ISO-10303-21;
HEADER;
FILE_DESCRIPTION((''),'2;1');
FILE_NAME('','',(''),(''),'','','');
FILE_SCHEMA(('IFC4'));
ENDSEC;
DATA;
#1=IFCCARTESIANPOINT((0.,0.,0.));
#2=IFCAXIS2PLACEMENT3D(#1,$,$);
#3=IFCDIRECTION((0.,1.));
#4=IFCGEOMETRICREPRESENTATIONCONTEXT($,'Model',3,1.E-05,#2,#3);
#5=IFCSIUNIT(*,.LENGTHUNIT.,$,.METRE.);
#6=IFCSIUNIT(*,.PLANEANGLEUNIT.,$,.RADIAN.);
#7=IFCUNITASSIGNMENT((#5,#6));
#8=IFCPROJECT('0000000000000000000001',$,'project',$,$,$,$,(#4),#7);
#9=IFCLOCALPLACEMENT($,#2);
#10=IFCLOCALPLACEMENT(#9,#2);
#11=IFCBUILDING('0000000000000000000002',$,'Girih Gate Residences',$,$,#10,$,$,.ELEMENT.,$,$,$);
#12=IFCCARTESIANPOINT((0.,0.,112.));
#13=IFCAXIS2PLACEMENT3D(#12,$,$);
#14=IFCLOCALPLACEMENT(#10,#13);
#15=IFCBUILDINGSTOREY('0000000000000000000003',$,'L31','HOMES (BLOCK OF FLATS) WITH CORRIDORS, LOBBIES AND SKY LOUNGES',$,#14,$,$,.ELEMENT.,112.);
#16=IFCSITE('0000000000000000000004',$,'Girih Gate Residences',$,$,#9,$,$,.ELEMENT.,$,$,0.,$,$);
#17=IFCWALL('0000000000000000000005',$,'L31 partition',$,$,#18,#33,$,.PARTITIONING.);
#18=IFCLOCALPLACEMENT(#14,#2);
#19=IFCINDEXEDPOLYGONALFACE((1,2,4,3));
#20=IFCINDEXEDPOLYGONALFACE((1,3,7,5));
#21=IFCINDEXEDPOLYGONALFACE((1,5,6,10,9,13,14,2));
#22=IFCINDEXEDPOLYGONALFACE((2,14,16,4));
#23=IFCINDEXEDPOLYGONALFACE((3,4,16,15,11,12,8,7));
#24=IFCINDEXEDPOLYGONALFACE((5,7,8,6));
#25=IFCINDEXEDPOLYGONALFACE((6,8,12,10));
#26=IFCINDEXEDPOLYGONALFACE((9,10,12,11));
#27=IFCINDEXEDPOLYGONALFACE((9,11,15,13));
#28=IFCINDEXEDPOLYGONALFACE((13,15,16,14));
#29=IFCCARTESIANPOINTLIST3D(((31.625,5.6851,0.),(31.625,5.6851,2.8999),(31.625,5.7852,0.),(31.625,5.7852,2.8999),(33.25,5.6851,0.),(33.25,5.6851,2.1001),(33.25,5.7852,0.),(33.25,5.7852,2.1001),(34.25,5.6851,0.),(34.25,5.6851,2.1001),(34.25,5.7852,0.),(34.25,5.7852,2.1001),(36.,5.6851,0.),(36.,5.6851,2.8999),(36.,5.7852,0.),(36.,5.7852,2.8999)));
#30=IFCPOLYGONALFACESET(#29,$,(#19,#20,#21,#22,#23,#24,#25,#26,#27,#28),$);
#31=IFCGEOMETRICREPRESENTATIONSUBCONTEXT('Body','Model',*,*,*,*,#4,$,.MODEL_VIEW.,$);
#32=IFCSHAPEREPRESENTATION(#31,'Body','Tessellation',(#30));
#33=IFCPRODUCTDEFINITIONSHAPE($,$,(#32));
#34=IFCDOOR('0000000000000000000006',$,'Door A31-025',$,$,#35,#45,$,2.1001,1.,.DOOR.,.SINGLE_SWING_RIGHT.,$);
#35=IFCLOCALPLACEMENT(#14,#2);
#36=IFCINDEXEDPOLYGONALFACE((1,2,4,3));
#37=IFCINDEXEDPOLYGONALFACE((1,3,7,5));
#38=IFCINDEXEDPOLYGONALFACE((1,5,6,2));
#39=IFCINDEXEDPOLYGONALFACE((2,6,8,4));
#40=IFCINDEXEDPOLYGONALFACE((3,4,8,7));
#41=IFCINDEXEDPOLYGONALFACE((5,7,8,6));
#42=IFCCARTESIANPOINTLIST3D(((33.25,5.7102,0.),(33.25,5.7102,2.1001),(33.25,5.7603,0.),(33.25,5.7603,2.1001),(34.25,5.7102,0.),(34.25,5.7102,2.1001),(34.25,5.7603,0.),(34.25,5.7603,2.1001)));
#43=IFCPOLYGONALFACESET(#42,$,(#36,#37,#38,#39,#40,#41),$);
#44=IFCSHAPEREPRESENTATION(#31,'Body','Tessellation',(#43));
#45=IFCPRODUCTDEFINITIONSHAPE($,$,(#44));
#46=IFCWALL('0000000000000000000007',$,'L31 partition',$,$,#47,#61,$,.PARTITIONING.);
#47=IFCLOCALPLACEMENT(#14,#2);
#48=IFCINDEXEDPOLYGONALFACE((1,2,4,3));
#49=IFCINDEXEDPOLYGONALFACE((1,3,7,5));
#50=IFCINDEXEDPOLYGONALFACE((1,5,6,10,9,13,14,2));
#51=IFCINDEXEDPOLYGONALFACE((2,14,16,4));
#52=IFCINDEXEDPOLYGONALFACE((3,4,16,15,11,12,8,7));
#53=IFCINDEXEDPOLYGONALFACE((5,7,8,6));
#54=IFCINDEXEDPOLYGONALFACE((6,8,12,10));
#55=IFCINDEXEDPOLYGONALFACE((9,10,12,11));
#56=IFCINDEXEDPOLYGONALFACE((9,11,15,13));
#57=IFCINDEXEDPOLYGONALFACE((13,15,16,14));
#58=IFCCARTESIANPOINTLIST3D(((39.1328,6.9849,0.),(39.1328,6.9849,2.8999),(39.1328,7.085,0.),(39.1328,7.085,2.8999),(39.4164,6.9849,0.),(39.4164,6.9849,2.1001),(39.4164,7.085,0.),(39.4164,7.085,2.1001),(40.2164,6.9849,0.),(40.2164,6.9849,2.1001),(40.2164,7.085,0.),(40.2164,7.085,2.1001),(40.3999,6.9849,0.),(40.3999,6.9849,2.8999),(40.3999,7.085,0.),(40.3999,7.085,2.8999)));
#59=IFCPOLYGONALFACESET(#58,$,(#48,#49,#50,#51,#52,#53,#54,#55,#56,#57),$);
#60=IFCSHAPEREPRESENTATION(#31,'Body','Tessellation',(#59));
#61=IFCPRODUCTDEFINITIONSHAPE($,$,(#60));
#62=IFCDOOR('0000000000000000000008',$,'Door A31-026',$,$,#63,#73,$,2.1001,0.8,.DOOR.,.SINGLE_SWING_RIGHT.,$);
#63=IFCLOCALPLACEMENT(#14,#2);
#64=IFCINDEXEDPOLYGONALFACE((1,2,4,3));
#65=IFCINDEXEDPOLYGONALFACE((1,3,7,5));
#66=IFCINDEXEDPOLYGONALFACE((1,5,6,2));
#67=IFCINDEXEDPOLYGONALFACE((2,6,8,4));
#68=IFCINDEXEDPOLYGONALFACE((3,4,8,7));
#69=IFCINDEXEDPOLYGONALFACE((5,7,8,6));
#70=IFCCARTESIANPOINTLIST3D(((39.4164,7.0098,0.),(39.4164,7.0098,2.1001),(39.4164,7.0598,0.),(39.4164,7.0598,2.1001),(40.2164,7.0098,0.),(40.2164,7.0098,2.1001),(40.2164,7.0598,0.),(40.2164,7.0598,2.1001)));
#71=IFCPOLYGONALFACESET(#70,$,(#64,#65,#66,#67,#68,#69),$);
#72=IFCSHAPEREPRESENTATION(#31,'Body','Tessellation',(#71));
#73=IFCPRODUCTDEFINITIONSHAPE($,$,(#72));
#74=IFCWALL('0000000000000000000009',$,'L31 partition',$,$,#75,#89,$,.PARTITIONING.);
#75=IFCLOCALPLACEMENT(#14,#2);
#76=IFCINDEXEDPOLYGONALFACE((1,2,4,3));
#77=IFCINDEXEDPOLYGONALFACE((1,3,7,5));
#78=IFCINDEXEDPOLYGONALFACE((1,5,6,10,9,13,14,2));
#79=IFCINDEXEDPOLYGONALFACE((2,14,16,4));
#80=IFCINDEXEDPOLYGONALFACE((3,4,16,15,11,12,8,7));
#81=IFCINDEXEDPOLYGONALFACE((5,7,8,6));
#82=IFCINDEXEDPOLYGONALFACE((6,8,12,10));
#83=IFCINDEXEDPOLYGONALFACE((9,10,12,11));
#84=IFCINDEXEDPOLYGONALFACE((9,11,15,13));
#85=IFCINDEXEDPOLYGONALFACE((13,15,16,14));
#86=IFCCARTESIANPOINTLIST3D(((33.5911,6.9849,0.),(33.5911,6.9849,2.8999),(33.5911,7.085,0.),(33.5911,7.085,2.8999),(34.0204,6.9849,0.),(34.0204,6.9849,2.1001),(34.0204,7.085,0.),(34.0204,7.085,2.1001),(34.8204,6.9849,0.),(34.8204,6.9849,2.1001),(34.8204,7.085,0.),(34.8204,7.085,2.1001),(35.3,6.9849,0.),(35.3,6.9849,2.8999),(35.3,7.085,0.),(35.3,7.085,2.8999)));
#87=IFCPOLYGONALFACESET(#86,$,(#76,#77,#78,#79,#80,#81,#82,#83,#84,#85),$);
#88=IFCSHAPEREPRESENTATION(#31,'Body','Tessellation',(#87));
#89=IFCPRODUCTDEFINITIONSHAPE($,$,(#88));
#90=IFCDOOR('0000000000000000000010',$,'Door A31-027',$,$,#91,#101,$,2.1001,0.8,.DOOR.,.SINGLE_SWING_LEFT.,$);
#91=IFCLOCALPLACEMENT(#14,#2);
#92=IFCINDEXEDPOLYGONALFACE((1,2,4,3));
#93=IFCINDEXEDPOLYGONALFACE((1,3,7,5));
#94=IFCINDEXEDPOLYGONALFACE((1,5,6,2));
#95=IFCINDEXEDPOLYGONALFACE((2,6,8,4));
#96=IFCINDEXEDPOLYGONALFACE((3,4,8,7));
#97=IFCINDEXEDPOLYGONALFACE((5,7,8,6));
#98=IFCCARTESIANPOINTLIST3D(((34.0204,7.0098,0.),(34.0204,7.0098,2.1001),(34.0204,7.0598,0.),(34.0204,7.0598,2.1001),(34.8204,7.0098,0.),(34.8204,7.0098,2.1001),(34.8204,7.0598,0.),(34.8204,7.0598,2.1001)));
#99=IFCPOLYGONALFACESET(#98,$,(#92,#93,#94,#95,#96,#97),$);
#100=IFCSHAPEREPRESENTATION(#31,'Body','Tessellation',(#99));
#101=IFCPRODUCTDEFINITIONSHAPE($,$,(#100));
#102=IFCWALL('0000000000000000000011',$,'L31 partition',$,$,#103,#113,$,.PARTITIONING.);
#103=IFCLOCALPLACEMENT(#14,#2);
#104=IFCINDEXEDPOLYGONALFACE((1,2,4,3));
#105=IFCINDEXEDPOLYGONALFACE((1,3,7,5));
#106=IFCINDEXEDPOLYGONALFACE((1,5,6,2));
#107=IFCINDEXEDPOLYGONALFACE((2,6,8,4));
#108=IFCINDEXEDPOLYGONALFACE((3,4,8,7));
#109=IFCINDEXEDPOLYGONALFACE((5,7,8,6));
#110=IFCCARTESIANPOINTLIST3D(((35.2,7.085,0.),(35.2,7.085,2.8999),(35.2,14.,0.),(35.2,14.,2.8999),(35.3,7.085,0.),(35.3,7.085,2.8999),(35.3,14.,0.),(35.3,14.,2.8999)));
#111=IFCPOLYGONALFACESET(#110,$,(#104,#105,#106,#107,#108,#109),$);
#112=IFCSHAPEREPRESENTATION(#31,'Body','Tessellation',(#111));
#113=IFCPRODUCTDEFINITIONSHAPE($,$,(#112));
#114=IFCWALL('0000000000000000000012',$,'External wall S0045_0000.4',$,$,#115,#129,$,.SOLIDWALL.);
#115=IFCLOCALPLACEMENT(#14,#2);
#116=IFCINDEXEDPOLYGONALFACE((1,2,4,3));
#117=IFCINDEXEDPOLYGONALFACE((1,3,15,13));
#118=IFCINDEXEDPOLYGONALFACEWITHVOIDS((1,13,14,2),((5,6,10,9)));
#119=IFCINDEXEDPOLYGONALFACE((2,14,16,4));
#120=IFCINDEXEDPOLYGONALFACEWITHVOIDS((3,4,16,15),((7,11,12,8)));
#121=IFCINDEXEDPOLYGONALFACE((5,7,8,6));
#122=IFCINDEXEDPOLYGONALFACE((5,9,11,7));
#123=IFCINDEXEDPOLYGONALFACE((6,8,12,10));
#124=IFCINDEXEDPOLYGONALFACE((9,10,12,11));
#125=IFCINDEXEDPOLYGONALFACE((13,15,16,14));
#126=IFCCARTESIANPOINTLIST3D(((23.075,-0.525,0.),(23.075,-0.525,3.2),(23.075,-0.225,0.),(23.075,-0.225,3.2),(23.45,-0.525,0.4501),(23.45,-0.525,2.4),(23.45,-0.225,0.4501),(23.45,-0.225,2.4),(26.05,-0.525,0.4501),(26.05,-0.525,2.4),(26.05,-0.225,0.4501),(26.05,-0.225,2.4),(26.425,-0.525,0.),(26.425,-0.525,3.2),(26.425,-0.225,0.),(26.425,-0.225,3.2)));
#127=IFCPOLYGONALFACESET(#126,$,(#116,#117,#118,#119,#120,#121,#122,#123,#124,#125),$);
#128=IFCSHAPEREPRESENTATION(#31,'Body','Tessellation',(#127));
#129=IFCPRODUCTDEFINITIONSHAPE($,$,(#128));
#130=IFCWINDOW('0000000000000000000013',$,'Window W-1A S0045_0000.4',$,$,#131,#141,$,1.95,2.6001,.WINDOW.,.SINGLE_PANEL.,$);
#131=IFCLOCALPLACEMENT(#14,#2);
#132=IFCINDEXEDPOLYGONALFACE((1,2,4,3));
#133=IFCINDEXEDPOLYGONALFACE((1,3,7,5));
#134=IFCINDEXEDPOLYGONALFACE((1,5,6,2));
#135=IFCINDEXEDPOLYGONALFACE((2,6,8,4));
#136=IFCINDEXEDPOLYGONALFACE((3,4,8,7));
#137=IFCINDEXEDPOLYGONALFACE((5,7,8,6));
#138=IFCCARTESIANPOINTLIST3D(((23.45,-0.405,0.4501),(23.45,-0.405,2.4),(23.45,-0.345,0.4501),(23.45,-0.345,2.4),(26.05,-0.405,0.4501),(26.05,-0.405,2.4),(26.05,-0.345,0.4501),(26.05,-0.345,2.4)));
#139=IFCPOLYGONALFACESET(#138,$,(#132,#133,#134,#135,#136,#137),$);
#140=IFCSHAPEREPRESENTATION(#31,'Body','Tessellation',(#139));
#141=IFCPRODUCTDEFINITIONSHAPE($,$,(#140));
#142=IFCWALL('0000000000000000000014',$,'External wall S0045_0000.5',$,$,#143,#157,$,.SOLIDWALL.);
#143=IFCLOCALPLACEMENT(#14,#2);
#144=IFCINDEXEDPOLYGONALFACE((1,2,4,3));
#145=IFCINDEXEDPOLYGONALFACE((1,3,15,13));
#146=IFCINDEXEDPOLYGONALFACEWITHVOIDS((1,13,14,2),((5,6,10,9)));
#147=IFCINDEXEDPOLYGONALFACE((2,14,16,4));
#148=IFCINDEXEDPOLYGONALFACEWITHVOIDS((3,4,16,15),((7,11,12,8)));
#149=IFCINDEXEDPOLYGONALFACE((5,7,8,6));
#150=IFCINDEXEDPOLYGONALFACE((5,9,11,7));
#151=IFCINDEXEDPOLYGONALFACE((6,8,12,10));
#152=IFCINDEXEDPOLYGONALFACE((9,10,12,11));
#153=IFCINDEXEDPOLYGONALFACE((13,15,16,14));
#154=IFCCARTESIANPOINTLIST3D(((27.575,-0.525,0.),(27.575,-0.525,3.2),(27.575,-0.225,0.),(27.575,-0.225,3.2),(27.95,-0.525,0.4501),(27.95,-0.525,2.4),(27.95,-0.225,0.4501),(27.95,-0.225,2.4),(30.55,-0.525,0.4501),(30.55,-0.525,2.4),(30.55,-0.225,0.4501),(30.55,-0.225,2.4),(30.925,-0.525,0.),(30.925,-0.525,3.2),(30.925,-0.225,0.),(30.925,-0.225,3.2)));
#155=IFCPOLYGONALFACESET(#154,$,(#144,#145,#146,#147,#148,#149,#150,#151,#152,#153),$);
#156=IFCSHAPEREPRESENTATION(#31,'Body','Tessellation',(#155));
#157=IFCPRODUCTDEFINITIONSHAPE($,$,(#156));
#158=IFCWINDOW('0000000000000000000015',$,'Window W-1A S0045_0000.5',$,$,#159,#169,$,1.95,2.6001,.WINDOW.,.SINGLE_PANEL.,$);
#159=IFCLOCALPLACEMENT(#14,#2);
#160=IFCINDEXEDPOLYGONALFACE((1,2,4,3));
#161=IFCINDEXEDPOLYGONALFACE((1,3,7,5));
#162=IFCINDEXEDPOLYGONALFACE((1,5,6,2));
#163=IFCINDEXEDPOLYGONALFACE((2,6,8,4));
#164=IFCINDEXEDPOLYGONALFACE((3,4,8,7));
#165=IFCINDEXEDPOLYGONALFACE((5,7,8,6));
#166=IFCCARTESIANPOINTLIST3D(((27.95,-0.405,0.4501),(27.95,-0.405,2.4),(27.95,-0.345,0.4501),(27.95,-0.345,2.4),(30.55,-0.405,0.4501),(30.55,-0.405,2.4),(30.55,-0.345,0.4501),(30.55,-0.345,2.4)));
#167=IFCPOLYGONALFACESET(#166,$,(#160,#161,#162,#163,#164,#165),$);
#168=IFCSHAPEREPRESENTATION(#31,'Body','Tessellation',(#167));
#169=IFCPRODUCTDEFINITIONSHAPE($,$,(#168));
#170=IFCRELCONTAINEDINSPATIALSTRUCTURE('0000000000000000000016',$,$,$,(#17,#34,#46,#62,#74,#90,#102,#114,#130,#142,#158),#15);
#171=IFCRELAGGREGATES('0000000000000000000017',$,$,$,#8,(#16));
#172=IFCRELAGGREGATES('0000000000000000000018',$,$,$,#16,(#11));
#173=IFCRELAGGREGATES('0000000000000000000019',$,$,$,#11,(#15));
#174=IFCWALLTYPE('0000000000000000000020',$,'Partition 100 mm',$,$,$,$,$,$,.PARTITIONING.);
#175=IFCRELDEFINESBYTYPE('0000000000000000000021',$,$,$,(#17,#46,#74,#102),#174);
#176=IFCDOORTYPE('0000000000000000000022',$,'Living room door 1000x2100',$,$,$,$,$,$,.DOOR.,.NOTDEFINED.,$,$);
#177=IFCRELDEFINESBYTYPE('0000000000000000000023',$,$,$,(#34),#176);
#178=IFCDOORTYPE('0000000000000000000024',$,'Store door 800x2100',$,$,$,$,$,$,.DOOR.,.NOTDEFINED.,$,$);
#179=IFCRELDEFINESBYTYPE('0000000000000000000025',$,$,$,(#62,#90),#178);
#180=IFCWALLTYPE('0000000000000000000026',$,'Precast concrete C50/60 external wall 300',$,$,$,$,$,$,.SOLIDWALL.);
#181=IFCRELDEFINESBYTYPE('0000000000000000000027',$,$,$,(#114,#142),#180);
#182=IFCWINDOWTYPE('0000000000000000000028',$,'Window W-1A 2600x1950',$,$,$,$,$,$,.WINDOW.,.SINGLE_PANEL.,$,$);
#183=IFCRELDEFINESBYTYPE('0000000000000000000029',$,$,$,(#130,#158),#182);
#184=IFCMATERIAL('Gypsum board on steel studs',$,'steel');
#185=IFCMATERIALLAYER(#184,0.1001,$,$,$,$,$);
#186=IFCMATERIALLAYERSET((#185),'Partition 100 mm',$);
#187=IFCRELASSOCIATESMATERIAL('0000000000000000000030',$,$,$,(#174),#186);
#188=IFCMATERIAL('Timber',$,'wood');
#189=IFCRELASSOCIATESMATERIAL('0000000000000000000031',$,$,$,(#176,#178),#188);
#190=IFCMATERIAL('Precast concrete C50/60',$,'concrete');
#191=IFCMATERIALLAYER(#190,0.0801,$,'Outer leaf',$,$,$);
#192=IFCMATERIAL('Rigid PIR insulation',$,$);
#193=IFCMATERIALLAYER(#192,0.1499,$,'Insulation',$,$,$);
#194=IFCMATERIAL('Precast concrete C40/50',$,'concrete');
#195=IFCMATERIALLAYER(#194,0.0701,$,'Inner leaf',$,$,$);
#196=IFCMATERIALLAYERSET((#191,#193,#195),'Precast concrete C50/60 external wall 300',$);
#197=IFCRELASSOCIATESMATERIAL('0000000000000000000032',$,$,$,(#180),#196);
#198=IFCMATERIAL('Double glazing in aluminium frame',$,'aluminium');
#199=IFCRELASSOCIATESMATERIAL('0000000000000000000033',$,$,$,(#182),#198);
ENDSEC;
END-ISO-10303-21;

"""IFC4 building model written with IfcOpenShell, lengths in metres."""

from ifc_helpers import new_model, si_unit, direction, frame, frame_2d, origin, place, context, subcontext, project, spatial, rectangle, extrude, material, layer, layer_set, type_object, element, fill, save


model = new_model("IFC4")

# Units and contexts
model_context = context("Model", 3, precision=1e-05, world=origin(), true_north=direction((0.0, 1.0)))
body_context = subcontext(model_context, "Body", "Model", "MODEL_VIEW")
ifc_project = project(units=[si_unit("LENGTHUNIT", "METRE"), si_unit("PLANEANGLEUNIT", "RADIAN")], contexts=[model_context])

# Site, building, storey
site_placement = place(None, origin())
site = spatial("IfcSite", under=ifc_project, at=site_placement, Name="Girih Gate Residences", CompositionType="ELEMENT", RefElevation=0.0)
building_placement = place(site_placement, origin())
building = spatial("IfcBuilding", under=site, at=building_placement, Name="Girih Gate Residences", CompositionType="ELEMENT")
storey_placement = place(building_placement, frame((0.0, 0.0, 112.0)))
storey = spatial("IfcBuildingStorey", under=building, at=storey_placement, Name="L31", Description="HOMES (BLOCK OF FLATS) WITH CORRIDORS, LOBBIES AND SKY LOUNGES", CompositionType="ELEMENT", Elevation=112.0)

# Shared definitions
ifc_material_1 = material(Name="Gypsum board on steel studs", Category="steel")
ifc_layer_1 = layer(ifc_material_1, 0.1001)
ifc_layer_set_1 = layer_set([ifc_layer_1], Name="Partition 100 mm")
wall_type_1 = type_object("IfcWallType", Name="Partition 100 mm", PredefinedType="PARTITIONING", material=ifc_layer_set_1)

# Walls, openings, doors
ifc_material_2 = material(Name="Timber", Category="wood")
wall_1_placement = place(storey_placement, frame((36.0, 5.7351, 0.0), z_axis=(0.0, 0.0, 1.0), x_axis=(-1.0, 0.0, 0.0)))
wall_1 = element("IfcWall", 1, at=wall_1_placement, inside=storey, type_object=wall_type_1, Name="L31 partition", PredefinedType="PARTITIONING", context=body_context, shape_type="SweptSolid", body=[
    extrude(rectangle(XDim=4.375, YDim=0.1001, at=frame_2d((2.1875, 0.0))), origin(), (0.0, 0.0, 1.0), 2.8999),
])
opening_1_placement = place(wall_1_placement, frame((1.75, 0.0, 0.0)))
opening_1 = element("IfcOpeningElement", 2, at=opening_1_placement, cuts=wall_1, PredefinedType="OPENING", context=body_context, shape_type="SweptSolid", body=[
    extrude(rectangle(XDim=1.0, YDim=2.1001, at=frame_2d((0.5, 1.05))), frame((0.0, 0.0601, 0.0), z_axis=(0.0, -1.0, 0.0), x_axis=(1.0, 0.0, 0.0)), (0.0, 0.0, 1.0), 0.1201),
])
door_type_1 = type_object("IfcDoorType", Name="Living room door 1000x2100", OperationType="NOTDEFINED", PredefinedType="DOOR", material=ifc_material_2)
door_1_placement = place(opening_1_placement, origin())
door_1 = element("IfcDoor", 3, at=door_1_placement, inside=storey, type_object=door_type_1, Name="Door A31-025", OperationType="SINGLE_SWING_RIGHT", OverallHeight=2.1001, OverallWidth=1.0, PredefinedType="DOOR", context=body_context, shape_type="SweptSolid", body=[
    extrude(rectangle(XDim=1.0, YDim=2.1001, at=frame_2d((0.5, 1.05))), frame((0.0, 0.0249, 0.0), z_axis=(0.0, -1.0, 0.0), x_axis=(1.0, 0.0, 0.0)), (0.0, 0.0, 1.0), 0.05),
])
fill(opening_1, door_1)
wall_2_placement = place(storey_placement, frame((39.1328, 7.0349, 0.0), z_axis=(0.0, 0.0, 1.0), x_axis=(1.0, 0.0, 0.0)))
wall_2 = element("IfcWall", 4, at=wall_2_placement, inside=storey, type_object=wall_type_1, Name="L31 partition", PredefinedType="PARTITIONING", context=body_context, shape_type="SweptSolid", body=[
    extrude(rectangle(XDim=1.2671, YDim=0.1001, at=frame_2d((0.6335, 0.0))), origin(), (0.0, 0.0, 1.0), 2.8999),
])
opening_2_placement = place(wall_2_placement, frame((0.2837, 0.0, 0.0)))
opening_2 = element("IfcOpeningElement", 5, at=opening_2_placement, cuts=wall_2, PredefinedType="OPENING", context=body_context, shape_type="SweptSolid", body=[
    extrude(rectangle(XDim=0.8, YDim=2.1001, at=frame_2d((0.3999, 1.05))), frame((0.0, 0.0601, 0.0), z_axis=(0.0, -1.0, 0.0), x_axis=(1.0, 0.0, 0.0)), (0.0, 0.0, 1.0), 0.1201),
])
door_type_2 = type_object("IfcDoorType", Name="Store door 800x2100", OperationType="NOTDEFINED", PredefinedType="DOOR", material=ifc_material_2)
door_2_placement = place(opening_2_placement, origin())
door_2 = element("IfcDoor", 6, at=door_2_placement, inside=storey, type_object=door_type_2, Name="Door A31-026", OperationType="SINGLE_SWING_RIGHT", OverallHeight=2.1001, OverallWidth=0.8, PredefinedType="DOOR", context=body_context, shape_type="SweptSolid", body=[
    extrude(rectangle(XDim=0.8, YDim=2.1001, at=frame_2d((0.3999, 1.05))), frame((0.0, 0.0249, 0.0), z_axis=(0.0, -1.0, 0.0), x_axis=(1.0, 0.0, 0.0)), (0.0, 0.0, 1.0), 0.05),
])
fill(opening_2, door_2)
wall_3_placement = place(storey_placement, frame((33.5911, 7.0349, 0.0), z_axis=(0.0, 0.0, 1.0), x_axis=(1.0, 0.0, 0.0)))
wall_3 = element("IfcWall", 7, at=wall_3_placement, inside=storey, type_object=wall_type_1, Name="L31 partition", PredefinedType="PARTITIONING", context=body_context, shape_type="SweptSolid", body=[
    extrude(rectangle(XDim=1.709, YDim=0.1001, at=frame_2d((0.8545, 0.0))), origin(), (0.0, 0.0, 1.0), 2.8999),
])
opening_3_placement = place(wall_3_placement, frame((0.4294, 0.0, 0.0)))
opening_3 = element("IfcOpeningElement", 8, at=opening_3_placement, cuts=wall_3, PredefinedType="OPENING", context=body_context, shape_type="SweptSolid", body=[
    extrude(rectangle(XDim=0.8, YDim=2.1001, at=frame_2d((0.3999, 1.05))), frame((0.0, 0.0601, 0.0), z_axis=(0.0, -1.0, 0.0), x_axis=(1.0, 0.0, 0.0)), (0.0, 0.0, 1.0), 0.1201),
])
door_3_placement = place(opening_3_placement, origin())
door_3 = element("IfcDoor", 9, at=door_3_placement, inside=storey, type_object=door_type_2, Name="Door A31-027", OperationType="SINGLE_SWING_LEFT", OverallHeight=2.1001, OverallWidth=0.8, PredefinedType="DOOR", context=body_context, shape_type="SweptSolid", body=[
    extrude(rectangle(XDim=0.8, YDim=2.1001, at=frame_2d((0.3999, 1.05))), frame((0.0, 0.0249, 0.0), z_axis=(0.0, -1.0, 0.0), x_axis=(1.0, 0.0, 0.0)), (0.0, 0.0, 1.0), 0.05),
])
fill(opening_3, door_3)

# Wall
wall_4_placement = place(storey_placement, frame((35.25, 7.085, 0.0), z_axis=(0.0, 0.0, 1.0), x_axis=(0.0, 1.0, 0.0)))
element("IfcWall", 10, at=wall_4_placement, inside=storey, type_object=wall_type_1, Name="L31 partition", PredefinedType="PARTITIONING", context=body_context, shape_type="SweptSolid", body=[
    extrude(rectangle(XDim=6.915, YDim=0.1001, at=frame_2d((3.4575, 0.0))), origin(), (0.0, 0.0, 1.0), 2.8999),
])

# Walls, openings, windows
ifc_material_3 = material(Name="Precast concrete C50/60", Category="concrete")
ifc_layer_2 = layer(ifc_material_3, 0.0801, Name="Outer leaf")
ifc_material_4 = material(Name="Rigid PIR insulation")
ifc_layer_3 = layer(ifc_material_4, 0.1499, Name="Insulation")
ifc_material_5 = material(Name="Precast concrete C40/50", Category="concrete")
ifc_layer_4 = layer(ifc_material_5, 0.0701, Name="Inner leaf")
ifc_layer_set_2 = layer_set([ifc_layer_2, ifc_layer_3, ifc_layer_4], Name="Precast concrete C50/60 external wall 300")
wall_type_2 = type_object("IfcWallType", Name="Precast concrete C50/60 external wall 300", PredefinedType="SOLIDWALL", material=ifc_layer_set_2)
wall_5_placement = place(storey_placement, frame((26.425, -0.375, 0.0), z_axis=(0.0, 0.0, 1.0), x_axis=(-1.0, 0.0, 0.0)))
wall_5 = element("IfcWall", 11, at=wall_5_placement, inside=storey, type_object=wall_type_2, Name="External wall S0045_0000.4", PredefinedType="SOLIDWALL", context=body_context, shape_type="SweptSolid", body=[
    extrude(rectangle(XDim=3.3501, YDim=0.3, at=frame_2d((1.675, 0.0))), origin(), (0.0, 0.0, 1.0), 3.2),
])
opening_4_placement = place(wall_5_placement, frame((0.375, 0.0, 0.45)))
opening_4 = element("IfcOpeningElement", 12, at=opening_4_placement, cuts=wall_5, PredefinedType="OPENING", context=body_context, shape_type="SweptSolid", body=[
    extrude(rectangle(XDim=2.6001, YDim=1.95, at=frame_2d((1.3, 0.9751))), frame((0.0, 0.1599, 0.0), z_axis=(0.0, -1.0, 0.0), x_axis=(1.0, 0.0, 0.0)), (0.0, 0.0, 1.0), 0.3201),
])
ifc_material_6 = material(Name="Double glazing in aluminium frame", Category="aluminium")
window_type = type_object("IfcWindowType", Name="Window W-1A 2600x1950", PartitioningType="SINGLE_PANEL", PredefinedType="WINDOW", material=ifc_material_6)
window_1_placement = place(opening_4_placement, origin())
window_1 = element("IfcWindow", 13, at=window_1_placement, inside=storey, type_object=window_type, Name="Window W-1A S0045_0000.4", OverallHeight=1.95, OverallWidth=2.6001, PartitioningType="SINGLE_PANEL", PredefinedType="WINDOW", context=body_context, shape_type="SweptSolid", body=[
    extrude(rectangle(XDim=2.6001, YDim=1.95, at=frame_2d((1.3, 0.9751))), frame((0.0, 0.03, 0.0), z_axis=(0.0, -1.0, 0.0), x_axis=(1.0, 0.0, 0.0)), (0.0, 0.0, 1.0), 0.0601),
])
fill(opening_4, window_1)
wall_6_placement = place(storey_placement, frame((30.925, -0.375, 0.0), z_axis=(0.0, 0.0, 1.0), x_axis=(-1.0, 0.0, 0.0)))
wall_6 = element("IfcWall", 14, at=wall_6_placement, inside=storey, type_object=wall_type_2, Name="External wall S0045_0000.5", PredefinedType="SOLIDWALL", context=body_context, shape_type="SweptSolid", body=[
    extrude(rectangle(XDim=3.3501, YDim=0.3, at=frame_2d((1.675, 0.0))), origin(), (0.0, 0.0, 1.0), 3.2),
])
opening_5_placement = place(wall_6_placement, frame((0.375, 0.0, 0.45)))
opening_5 = element("IfcOpeningElement", 15, at=opening_5_placement, cuts=wall_6, PredefinedType="OPENING", context=body_context, shape_type="SweptSolid", body=[
    extrude(rectangle(XDim=2.6001, YDim=1.95, at=frame_2d((1.3, 0.9751))), frame((0.0, 0.1599, 0.0), z_axis=(0.0, -1.0, 0.0), x_axis=(1.0, 0.0, 0.0)), (0.0, 0.0, 1.0), 0.3201),
])
window_2_placement = place(opening_5_placement, origin())
window_2 = element("IfcWindow", 16, at=window_2_placement, inside=storey, type_object=window_type, Name="Window W-1A S0045_0000.5", OverallHeight=1.95, OverallWidth=2.6001, PartitioningType="SINGLE_PANEL", PredefinedType="WINDOW", context=body_context, shape_type="SweptSolid", body=[
    extrude(rectangle(XDim=2.6001, YDim=1.95, at=frame_2d((1.3, 0.9751))), frame((0.0, 0.03, 0.0), z_axis=(0.0, -1.0, 0.0), x_axis=(1.0, 0.0, 0.0)), (0.0, 0.0, 1.0), 0.0601),
])
fill(opening_5, window_2)

save(model, "model.ifc")
